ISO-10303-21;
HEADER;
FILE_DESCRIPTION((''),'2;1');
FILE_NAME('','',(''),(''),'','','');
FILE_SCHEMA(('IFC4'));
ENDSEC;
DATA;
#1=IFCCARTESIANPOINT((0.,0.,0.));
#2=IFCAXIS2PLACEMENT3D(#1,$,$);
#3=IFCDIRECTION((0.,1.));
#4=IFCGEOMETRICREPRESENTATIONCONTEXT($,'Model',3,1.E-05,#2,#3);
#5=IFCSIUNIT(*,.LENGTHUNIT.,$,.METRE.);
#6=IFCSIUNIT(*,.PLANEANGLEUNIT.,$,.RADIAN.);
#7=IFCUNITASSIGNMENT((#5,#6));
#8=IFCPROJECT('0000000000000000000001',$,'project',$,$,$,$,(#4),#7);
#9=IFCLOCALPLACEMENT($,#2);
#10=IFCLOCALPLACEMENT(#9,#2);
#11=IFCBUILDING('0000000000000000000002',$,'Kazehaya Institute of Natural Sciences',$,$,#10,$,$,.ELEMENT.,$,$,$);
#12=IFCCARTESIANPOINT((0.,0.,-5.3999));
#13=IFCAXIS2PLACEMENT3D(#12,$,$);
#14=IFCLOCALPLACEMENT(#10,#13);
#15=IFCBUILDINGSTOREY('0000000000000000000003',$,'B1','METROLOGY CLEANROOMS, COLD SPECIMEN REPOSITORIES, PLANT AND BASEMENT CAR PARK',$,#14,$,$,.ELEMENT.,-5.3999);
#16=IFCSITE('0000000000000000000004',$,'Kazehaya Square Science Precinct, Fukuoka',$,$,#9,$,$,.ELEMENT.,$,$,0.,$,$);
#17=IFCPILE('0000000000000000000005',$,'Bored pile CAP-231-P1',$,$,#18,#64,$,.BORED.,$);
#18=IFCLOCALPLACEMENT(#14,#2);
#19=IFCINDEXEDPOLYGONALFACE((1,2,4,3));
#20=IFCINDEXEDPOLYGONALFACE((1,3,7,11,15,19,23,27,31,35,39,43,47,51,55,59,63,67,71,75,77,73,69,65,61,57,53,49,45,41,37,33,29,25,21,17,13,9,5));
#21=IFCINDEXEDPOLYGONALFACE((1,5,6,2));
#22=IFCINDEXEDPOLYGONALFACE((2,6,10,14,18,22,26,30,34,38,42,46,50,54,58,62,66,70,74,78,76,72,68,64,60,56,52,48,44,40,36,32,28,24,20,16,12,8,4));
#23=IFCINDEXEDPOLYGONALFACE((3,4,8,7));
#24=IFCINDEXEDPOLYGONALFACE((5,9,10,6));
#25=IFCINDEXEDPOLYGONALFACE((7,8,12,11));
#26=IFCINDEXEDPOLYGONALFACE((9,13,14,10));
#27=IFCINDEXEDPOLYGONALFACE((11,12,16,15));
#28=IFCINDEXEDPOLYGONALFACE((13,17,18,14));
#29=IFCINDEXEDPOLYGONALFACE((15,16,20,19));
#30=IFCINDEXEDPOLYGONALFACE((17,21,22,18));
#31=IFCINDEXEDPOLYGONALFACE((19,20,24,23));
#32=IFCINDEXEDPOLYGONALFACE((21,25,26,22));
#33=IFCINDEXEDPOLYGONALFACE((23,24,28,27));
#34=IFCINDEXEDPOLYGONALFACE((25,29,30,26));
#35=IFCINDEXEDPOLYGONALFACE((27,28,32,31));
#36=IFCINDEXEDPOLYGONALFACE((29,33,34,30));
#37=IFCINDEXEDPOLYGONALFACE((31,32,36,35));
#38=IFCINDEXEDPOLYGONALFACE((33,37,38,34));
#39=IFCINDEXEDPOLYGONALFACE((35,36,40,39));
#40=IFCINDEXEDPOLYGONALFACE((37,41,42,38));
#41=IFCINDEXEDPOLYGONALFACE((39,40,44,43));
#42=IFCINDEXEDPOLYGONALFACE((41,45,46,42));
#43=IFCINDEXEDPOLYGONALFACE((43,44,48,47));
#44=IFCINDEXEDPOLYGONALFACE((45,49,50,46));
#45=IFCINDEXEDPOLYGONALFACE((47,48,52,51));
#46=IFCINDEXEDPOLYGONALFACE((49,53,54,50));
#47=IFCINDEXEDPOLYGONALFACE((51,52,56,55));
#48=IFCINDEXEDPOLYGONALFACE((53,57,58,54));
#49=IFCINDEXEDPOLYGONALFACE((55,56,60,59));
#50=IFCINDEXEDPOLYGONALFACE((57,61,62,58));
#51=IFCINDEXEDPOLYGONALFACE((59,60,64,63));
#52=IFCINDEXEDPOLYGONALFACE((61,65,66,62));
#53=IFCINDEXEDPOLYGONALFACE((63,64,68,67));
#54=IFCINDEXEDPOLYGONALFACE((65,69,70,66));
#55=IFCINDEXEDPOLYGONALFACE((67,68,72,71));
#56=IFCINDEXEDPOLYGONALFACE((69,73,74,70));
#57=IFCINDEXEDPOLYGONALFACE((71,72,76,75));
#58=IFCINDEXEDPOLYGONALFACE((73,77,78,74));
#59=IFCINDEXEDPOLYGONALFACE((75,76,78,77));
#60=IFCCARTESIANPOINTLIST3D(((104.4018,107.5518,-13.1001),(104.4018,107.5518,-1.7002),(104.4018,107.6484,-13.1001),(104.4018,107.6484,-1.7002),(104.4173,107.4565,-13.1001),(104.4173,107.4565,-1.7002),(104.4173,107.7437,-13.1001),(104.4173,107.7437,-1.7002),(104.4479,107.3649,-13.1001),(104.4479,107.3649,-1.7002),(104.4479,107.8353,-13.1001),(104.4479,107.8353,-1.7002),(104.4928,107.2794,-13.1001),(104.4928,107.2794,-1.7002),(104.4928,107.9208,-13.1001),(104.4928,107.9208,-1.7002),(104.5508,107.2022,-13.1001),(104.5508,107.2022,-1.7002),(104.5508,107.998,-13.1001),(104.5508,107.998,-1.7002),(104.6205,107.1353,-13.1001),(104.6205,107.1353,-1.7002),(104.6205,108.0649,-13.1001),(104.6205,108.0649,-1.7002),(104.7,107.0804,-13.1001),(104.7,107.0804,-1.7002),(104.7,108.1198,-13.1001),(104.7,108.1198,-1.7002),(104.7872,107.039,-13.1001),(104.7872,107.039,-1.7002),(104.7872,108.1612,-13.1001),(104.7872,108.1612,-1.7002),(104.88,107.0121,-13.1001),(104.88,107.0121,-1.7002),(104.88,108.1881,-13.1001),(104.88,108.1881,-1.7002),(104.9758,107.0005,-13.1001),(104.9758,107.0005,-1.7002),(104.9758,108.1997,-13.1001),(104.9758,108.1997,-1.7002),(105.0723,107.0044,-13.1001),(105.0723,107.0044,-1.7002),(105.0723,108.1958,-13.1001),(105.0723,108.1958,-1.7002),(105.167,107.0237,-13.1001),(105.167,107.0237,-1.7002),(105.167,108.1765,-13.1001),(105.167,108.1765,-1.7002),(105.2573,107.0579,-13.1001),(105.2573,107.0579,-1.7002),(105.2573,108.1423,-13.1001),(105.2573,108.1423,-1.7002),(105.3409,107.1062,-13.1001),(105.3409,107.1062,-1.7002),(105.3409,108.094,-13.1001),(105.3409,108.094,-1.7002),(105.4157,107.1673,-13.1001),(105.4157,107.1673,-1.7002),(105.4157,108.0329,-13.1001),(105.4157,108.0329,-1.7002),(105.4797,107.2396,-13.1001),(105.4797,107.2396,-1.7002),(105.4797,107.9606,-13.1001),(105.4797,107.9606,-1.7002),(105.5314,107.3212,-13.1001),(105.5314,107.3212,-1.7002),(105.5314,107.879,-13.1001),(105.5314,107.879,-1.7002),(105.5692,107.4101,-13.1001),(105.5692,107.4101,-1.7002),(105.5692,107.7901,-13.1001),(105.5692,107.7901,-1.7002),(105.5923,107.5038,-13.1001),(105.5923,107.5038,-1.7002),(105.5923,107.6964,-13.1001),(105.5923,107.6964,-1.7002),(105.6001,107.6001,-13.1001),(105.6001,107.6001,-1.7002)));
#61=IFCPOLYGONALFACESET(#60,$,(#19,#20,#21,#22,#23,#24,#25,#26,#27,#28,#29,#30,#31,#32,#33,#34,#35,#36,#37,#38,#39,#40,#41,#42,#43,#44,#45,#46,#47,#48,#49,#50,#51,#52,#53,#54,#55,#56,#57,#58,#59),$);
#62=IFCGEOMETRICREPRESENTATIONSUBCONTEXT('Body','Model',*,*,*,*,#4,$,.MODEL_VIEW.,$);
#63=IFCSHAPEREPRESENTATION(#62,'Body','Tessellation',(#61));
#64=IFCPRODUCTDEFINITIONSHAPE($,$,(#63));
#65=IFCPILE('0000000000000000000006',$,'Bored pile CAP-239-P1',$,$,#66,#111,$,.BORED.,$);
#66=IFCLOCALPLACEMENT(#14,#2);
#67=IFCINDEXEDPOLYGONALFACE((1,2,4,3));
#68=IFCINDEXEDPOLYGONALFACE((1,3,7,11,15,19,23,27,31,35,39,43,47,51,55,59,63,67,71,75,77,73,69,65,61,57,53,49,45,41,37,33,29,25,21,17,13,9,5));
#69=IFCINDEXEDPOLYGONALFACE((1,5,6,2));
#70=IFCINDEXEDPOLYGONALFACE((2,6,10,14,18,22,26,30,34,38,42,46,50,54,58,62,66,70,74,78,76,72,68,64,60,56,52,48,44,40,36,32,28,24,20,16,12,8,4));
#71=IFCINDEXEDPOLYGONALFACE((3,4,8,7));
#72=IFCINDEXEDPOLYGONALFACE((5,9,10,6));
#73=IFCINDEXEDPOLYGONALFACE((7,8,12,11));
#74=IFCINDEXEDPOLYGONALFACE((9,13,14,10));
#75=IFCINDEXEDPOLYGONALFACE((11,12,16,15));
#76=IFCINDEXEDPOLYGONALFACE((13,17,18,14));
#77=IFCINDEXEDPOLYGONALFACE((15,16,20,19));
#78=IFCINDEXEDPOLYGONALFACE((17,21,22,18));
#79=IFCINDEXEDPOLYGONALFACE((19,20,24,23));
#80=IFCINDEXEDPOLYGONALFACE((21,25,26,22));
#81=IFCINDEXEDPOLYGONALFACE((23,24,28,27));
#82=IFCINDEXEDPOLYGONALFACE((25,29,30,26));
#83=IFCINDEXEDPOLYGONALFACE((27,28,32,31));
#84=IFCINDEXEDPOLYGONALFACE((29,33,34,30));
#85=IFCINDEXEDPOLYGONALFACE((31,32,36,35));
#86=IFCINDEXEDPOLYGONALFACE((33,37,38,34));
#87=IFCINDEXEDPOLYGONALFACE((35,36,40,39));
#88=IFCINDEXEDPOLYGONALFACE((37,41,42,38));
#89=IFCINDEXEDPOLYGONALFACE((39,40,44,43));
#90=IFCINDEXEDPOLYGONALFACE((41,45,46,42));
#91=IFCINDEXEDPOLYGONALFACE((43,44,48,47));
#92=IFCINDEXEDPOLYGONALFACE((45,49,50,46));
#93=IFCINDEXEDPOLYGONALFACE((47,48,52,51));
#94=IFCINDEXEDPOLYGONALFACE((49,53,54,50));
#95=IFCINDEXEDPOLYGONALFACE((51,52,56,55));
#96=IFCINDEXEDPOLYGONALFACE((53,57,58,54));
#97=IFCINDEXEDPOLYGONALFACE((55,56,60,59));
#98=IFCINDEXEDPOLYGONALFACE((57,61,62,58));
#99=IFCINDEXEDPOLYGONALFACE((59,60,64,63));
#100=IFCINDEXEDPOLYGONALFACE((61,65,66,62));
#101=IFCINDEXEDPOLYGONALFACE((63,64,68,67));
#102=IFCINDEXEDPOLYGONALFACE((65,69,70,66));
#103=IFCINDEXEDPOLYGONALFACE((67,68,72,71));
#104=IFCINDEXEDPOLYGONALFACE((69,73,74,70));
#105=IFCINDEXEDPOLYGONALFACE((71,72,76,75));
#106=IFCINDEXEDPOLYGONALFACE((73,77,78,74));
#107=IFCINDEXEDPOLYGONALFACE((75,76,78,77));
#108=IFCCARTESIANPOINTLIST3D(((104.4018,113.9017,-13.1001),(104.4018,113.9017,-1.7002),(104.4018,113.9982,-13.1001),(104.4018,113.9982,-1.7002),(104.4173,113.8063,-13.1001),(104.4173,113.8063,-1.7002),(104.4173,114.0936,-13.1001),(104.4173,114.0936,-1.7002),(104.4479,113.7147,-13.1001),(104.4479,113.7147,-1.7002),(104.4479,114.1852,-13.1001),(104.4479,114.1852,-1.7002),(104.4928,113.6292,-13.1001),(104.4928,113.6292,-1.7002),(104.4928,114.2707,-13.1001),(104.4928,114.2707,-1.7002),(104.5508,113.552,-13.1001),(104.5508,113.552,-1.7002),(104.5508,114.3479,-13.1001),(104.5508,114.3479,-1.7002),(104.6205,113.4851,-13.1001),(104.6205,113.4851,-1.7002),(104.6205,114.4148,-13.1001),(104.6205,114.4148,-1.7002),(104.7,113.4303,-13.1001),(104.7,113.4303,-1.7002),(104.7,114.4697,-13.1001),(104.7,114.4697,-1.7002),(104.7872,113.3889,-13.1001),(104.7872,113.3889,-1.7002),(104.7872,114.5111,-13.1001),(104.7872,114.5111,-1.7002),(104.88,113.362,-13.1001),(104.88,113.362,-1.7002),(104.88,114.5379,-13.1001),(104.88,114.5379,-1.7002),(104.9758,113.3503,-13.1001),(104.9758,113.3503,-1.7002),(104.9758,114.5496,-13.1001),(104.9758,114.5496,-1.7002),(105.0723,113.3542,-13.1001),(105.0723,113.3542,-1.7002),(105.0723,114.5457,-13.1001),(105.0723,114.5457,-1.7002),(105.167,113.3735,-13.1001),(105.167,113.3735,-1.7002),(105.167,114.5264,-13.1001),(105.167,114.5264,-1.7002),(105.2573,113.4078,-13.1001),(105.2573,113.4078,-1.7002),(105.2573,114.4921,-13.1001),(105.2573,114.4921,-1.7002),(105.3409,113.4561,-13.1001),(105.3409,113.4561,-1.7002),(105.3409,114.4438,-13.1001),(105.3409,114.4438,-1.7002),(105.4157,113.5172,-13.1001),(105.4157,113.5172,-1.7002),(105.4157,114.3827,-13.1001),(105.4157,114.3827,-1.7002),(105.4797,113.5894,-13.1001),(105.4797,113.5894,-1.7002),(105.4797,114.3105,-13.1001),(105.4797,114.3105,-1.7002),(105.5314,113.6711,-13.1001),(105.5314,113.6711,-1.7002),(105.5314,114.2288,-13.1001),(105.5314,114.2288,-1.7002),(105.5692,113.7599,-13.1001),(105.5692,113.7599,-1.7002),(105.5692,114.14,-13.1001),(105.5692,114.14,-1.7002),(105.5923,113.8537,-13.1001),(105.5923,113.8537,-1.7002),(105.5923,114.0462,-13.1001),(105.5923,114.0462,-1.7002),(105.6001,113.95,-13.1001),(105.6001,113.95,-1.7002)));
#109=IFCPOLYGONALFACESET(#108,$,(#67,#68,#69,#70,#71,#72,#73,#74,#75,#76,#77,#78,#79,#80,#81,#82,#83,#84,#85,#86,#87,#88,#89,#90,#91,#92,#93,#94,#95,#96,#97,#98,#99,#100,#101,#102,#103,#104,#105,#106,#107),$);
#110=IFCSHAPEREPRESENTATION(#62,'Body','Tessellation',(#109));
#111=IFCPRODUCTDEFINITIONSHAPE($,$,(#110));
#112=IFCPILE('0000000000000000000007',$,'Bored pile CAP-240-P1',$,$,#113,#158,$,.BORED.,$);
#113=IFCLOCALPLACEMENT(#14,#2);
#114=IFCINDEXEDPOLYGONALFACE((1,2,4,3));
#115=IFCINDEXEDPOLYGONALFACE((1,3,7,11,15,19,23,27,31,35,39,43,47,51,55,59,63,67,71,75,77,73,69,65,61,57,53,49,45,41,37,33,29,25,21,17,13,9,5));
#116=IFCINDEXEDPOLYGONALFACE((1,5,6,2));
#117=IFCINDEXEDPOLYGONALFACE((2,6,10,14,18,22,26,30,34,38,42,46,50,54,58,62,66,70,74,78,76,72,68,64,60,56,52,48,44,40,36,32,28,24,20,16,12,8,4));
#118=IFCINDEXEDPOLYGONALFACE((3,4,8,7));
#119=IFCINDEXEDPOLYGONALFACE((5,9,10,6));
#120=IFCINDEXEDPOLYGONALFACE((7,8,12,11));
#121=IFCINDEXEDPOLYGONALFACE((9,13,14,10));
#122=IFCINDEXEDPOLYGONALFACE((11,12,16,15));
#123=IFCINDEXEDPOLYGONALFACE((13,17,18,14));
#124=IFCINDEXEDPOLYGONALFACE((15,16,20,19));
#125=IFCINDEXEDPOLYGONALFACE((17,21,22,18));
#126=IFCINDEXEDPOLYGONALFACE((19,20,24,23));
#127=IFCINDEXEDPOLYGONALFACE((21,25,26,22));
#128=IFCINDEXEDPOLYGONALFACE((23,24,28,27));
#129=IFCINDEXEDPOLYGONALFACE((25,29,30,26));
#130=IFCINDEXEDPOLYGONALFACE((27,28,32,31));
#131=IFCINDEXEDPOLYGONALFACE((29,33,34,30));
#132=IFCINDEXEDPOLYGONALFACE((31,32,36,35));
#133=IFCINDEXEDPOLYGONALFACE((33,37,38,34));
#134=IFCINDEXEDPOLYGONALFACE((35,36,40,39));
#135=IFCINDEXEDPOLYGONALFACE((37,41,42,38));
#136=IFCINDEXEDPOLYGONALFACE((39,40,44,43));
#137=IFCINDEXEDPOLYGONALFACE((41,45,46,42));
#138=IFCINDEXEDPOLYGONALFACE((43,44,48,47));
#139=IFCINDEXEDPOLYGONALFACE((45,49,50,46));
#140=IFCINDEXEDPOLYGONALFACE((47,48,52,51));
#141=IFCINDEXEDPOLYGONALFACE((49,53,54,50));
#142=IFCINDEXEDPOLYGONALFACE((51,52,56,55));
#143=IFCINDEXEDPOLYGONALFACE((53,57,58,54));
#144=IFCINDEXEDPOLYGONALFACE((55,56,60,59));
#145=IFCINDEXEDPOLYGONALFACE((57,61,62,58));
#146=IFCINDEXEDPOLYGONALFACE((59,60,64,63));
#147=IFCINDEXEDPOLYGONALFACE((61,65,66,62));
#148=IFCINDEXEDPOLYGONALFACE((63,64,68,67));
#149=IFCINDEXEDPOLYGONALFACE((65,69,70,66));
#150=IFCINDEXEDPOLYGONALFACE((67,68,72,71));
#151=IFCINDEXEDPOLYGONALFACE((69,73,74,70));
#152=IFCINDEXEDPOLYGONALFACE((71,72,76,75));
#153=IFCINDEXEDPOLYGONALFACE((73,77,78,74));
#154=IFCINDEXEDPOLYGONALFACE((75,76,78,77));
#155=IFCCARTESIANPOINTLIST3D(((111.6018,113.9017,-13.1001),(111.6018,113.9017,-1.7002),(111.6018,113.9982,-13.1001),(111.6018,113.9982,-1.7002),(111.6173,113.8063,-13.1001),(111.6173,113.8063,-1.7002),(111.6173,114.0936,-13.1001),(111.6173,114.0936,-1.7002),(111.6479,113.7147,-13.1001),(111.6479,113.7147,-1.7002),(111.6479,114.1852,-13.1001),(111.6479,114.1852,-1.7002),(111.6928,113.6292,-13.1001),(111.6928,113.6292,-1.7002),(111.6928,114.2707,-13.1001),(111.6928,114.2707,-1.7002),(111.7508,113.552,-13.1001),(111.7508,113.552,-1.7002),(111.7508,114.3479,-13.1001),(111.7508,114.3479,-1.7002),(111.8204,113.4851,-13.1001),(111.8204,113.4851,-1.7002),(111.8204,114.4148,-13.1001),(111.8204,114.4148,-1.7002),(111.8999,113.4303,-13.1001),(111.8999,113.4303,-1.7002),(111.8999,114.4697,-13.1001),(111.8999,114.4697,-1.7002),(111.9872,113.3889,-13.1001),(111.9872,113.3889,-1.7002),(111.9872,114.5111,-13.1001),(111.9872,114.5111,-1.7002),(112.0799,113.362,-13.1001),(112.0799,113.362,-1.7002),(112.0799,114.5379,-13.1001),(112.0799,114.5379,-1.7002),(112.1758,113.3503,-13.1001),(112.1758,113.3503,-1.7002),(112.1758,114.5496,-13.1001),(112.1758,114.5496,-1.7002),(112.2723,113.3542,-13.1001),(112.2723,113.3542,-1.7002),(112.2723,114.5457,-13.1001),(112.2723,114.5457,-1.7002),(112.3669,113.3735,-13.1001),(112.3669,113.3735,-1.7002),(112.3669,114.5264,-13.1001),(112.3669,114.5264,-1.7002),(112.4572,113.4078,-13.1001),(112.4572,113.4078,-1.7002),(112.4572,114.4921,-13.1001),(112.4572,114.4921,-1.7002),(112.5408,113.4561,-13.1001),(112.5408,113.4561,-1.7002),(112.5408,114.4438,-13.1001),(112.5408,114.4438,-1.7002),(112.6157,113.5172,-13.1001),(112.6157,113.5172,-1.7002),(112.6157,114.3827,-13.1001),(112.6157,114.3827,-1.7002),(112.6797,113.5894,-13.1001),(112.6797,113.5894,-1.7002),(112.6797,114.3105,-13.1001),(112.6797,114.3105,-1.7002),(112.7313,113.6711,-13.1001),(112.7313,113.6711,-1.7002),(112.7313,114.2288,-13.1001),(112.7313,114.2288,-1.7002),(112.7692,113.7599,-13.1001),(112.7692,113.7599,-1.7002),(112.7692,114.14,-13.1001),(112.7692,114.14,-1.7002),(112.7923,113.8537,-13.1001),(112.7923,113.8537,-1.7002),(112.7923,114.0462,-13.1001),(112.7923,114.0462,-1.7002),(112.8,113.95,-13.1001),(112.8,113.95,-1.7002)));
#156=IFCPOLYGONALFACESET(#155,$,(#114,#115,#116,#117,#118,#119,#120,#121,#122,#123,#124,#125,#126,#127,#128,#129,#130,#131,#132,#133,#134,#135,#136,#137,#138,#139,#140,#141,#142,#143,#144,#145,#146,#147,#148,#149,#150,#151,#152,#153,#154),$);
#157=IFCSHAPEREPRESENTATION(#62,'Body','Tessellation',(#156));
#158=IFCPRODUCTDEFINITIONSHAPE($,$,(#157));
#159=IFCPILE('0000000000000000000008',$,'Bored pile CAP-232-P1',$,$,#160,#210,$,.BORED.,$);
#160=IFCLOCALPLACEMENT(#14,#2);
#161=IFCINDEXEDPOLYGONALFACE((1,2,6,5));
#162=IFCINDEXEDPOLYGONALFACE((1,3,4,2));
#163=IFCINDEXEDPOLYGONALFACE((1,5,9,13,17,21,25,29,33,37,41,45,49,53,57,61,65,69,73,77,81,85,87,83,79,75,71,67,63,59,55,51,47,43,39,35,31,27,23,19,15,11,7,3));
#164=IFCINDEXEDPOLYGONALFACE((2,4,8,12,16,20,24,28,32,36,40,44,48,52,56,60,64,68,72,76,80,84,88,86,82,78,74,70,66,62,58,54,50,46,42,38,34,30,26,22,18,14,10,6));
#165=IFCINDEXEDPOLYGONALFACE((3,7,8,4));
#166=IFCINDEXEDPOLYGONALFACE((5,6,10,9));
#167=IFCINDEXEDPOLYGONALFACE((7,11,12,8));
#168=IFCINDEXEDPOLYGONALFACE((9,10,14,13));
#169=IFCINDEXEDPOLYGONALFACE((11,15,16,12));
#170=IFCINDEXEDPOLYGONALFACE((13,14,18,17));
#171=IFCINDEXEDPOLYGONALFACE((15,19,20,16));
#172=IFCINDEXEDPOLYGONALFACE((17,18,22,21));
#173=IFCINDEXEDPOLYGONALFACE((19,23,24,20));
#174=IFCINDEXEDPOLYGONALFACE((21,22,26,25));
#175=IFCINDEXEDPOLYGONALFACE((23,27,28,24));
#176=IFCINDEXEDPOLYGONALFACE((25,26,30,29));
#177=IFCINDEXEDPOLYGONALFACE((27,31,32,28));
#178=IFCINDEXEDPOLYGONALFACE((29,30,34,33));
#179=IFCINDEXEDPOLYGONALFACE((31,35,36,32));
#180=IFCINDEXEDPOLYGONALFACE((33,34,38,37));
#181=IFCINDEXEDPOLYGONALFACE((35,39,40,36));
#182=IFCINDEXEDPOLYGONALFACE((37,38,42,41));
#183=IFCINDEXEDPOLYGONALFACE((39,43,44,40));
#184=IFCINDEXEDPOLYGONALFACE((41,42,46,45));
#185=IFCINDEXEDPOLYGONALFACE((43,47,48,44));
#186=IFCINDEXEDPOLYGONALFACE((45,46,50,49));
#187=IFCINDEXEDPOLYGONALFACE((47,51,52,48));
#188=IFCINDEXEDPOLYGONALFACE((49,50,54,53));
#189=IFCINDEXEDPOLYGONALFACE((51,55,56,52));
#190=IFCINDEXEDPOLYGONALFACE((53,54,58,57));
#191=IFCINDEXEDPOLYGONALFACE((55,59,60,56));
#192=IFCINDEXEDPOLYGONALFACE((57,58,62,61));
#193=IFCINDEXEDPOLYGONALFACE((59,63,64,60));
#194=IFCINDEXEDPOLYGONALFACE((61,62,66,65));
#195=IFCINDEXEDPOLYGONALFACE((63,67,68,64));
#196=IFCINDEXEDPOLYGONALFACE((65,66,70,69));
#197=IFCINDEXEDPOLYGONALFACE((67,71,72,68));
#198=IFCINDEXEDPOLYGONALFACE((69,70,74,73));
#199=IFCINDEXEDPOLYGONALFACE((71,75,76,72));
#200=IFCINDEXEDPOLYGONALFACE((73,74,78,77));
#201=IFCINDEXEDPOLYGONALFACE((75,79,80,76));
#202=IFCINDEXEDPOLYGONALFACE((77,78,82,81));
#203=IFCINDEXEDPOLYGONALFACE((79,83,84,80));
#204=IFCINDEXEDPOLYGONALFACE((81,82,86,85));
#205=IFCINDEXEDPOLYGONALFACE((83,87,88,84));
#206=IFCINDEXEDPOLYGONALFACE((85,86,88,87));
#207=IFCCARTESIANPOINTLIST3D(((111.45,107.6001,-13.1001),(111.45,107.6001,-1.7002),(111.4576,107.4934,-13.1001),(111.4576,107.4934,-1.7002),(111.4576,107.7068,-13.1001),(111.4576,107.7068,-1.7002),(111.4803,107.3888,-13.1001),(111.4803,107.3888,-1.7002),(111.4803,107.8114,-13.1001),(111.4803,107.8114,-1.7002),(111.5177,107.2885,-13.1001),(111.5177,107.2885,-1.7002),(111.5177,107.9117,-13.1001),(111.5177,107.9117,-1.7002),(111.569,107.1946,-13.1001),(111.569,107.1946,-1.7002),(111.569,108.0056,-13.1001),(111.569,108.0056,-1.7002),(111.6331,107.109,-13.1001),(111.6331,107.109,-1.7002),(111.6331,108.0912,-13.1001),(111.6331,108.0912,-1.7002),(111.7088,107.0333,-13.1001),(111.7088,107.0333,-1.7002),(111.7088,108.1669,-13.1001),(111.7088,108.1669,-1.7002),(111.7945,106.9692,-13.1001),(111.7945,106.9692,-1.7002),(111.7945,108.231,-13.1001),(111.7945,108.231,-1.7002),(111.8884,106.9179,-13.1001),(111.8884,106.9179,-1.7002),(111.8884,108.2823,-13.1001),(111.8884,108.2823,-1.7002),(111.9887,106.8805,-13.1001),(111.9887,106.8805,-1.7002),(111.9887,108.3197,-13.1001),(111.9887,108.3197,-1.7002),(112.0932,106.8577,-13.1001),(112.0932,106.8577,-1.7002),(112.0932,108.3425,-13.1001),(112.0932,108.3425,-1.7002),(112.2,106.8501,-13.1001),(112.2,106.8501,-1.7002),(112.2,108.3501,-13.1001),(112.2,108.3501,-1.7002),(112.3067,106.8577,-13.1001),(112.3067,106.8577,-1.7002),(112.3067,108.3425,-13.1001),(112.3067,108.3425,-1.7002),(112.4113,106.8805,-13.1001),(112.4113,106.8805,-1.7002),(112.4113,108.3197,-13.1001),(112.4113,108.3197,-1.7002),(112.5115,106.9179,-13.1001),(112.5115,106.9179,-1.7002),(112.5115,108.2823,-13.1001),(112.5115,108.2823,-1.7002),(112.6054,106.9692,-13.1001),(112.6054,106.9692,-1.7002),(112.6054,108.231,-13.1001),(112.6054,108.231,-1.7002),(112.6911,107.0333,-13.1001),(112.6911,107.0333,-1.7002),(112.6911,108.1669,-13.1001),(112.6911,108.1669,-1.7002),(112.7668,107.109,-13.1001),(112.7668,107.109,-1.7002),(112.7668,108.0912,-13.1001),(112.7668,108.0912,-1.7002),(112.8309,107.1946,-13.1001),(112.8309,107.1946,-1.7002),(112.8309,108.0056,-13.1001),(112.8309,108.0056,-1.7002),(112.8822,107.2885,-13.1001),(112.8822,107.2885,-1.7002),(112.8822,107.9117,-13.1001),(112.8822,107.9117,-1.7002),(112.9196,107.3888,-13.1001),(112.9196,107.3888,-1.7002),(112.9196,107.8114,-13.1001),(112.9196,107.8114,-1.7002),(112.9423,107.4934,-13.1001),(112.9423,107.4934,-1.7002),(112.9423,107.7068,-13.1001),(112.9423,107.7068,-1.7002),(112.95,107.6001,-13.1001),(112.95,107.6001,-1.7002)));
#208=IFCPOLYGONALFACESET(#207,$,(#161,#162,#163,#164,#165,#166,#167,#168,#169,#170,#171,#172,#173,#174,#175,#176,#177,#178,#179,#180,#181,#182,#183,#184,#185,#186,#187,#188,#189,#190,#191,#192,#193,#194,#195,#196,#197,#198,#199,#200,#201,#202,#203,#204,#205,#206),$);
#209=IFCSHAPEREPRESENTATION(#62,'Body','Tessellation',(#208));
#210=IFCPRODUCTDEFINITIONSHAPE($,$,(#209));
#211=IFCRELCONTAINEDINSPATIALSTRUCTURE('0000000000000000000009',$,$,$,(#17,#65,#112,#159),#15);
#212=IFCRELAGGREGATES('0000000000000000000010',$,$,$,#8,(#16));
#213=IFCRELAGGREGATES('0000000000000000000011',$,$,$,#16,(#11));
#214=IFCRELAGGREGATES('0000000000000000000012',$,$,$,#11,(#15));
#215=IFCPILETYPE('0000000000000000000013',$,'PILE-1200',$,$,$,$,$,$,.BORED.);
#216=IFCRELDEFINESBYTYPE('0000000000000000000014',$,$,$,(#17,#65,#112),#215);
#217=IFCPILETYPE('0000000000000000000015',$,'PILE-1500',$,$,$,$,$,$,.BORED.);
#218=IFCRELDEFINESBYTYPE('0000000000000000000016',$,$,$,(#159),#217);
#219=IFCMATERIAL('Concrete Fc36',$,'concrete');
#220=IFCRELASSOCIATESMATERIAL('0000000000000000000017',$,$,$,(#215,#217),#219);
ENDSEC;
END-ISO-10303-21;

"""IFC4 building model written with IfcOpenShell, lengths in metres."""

from ifc_helpers import new_model, si_unit, direction, frame, origin, origin_2d, place, context, subcontext, project, spatial, circle, extrude, material, material_profile, profile_set, type_object, element, save


model = new_model("IFC4")

# Units and contexts
model_context = context("Model", 3, precision=1e-05, world=origin(), true_north=direction((0.0, 1.0)))
body_context = subcontext(model_context, "Body", "Model", "MODEL_VIEW")
ifc_project = project(units=[si_unit("LENGTHUNIT", "METRE"), si_unit("PLANEANGLEUNIT", "RADIAN")], contexts=[model_context])

# Site, building, storey
site_placement = place(None, origin())
site = spatial("IfcSite", under=ifc_project, at=site_placement, Name="Kazehaya Square Science Precinct, Fukuoka", CompositionType="ELEMENT", RefElevation=0.0)
building_placement = place(site_placement, origin())
building = spatial("IfcBuilding", under=site, at=building_placement, Name="Kazehaya Institute of Natural Sciences", CompositionType="ELEMENT")
storey_placement = place(building_placement, frame((0.0, 0.0, -5.3999)))
storey = spatial("IfcBuildingStorey", under=building, at=storey_placement, Name="B1", Description="METROLOGY CLEANROOMS, COLD SPECIMEN REPOSITORIES, PLANT AND BASEMENT CAR PARK", CompositionType="ELEMENT", Elevation=-5.3999)

# Shared definitions
ifc_material_1 = material(Name="Concrete Fc36", Category="concrete")

# Piles
ifc_material_profile_1 = material_profile(ifc_material_1, circle(Radius=0.6001, at=origin_2d()), Name="PILE-1200")
ifc_profile_set_1 = profile_set([ifc_material_profile_1], Name="Concrete Fc36")
pile_type_1 = type_object("IfcPileType", Name="PILE-1200", PredefinedType="BORED", material=ifc_profile_set_1)
for number, where, z_axis, x_axis, name in (
    (1, (105.0, 107.6001, -1.7002), (0.0, 0.0, -1.0), (1.0, 0.0, 0.0), "Bored pile CAP-231-P1"),
    (2, (105.0, 113.95, -1.7002), (0.0, 0.0, -1.0), (1.0, 0.0, 0.0), "Bored pile CAP-239-P1"),
    (3, (112.2, 113.95, -1.7002), (0.0, 0.0, -1.0), (1.0, 0.0, 0.0), "Bored pile CAP-240-P1"),
):
    element("IfcPile", number, at=place(storey_placement, frame(where, z_axis=z_axis, x_axis=x_axis)), inside=storey, type_object=pile_type_1, Name=name, PredefinedType="BORED", context=body_context, shape_type="SweptSolid", body=[
        extrude(circle(Radius=0.6001, at=origin_2d()), origin(), (0.0, 0.0, 1.0), 11.3999),
    ])
ifc_material_profile_2 = material_profile(ifc_material_1, circle(Radius=0.75, at=origin_2d()), Name="PILE-1500")
ifc_profile_set_2 = profile_set([ifc_material_profile_2], Name="Concrete Fc36")
pile_type_2 = type_object("IfcPileType", Name="PILE-1500", PredefinedType="BORED", material=ifc_profile_set_2)
pile_placement = place(storey_placement, frame((112.2, 107.6001, -1.7002), z_axis=(0.0, 0.0, -1.0), x_axis=(1.0, 0.0, 0.0)))
element("IfcPile", 4, at=pile_placement, inside=storey, type_object=pile_type_2, Name="Bored pile CAP-232-P1", PredefinedType="BORED", context=body_context, shape_type="SweptSolid", body=[
    extrude(circle(Radius=0.75, at=origin_2d()), origin(), (0.0, 0.0, 1.0), 11.3999),
])

save(model, "model.ifc")
